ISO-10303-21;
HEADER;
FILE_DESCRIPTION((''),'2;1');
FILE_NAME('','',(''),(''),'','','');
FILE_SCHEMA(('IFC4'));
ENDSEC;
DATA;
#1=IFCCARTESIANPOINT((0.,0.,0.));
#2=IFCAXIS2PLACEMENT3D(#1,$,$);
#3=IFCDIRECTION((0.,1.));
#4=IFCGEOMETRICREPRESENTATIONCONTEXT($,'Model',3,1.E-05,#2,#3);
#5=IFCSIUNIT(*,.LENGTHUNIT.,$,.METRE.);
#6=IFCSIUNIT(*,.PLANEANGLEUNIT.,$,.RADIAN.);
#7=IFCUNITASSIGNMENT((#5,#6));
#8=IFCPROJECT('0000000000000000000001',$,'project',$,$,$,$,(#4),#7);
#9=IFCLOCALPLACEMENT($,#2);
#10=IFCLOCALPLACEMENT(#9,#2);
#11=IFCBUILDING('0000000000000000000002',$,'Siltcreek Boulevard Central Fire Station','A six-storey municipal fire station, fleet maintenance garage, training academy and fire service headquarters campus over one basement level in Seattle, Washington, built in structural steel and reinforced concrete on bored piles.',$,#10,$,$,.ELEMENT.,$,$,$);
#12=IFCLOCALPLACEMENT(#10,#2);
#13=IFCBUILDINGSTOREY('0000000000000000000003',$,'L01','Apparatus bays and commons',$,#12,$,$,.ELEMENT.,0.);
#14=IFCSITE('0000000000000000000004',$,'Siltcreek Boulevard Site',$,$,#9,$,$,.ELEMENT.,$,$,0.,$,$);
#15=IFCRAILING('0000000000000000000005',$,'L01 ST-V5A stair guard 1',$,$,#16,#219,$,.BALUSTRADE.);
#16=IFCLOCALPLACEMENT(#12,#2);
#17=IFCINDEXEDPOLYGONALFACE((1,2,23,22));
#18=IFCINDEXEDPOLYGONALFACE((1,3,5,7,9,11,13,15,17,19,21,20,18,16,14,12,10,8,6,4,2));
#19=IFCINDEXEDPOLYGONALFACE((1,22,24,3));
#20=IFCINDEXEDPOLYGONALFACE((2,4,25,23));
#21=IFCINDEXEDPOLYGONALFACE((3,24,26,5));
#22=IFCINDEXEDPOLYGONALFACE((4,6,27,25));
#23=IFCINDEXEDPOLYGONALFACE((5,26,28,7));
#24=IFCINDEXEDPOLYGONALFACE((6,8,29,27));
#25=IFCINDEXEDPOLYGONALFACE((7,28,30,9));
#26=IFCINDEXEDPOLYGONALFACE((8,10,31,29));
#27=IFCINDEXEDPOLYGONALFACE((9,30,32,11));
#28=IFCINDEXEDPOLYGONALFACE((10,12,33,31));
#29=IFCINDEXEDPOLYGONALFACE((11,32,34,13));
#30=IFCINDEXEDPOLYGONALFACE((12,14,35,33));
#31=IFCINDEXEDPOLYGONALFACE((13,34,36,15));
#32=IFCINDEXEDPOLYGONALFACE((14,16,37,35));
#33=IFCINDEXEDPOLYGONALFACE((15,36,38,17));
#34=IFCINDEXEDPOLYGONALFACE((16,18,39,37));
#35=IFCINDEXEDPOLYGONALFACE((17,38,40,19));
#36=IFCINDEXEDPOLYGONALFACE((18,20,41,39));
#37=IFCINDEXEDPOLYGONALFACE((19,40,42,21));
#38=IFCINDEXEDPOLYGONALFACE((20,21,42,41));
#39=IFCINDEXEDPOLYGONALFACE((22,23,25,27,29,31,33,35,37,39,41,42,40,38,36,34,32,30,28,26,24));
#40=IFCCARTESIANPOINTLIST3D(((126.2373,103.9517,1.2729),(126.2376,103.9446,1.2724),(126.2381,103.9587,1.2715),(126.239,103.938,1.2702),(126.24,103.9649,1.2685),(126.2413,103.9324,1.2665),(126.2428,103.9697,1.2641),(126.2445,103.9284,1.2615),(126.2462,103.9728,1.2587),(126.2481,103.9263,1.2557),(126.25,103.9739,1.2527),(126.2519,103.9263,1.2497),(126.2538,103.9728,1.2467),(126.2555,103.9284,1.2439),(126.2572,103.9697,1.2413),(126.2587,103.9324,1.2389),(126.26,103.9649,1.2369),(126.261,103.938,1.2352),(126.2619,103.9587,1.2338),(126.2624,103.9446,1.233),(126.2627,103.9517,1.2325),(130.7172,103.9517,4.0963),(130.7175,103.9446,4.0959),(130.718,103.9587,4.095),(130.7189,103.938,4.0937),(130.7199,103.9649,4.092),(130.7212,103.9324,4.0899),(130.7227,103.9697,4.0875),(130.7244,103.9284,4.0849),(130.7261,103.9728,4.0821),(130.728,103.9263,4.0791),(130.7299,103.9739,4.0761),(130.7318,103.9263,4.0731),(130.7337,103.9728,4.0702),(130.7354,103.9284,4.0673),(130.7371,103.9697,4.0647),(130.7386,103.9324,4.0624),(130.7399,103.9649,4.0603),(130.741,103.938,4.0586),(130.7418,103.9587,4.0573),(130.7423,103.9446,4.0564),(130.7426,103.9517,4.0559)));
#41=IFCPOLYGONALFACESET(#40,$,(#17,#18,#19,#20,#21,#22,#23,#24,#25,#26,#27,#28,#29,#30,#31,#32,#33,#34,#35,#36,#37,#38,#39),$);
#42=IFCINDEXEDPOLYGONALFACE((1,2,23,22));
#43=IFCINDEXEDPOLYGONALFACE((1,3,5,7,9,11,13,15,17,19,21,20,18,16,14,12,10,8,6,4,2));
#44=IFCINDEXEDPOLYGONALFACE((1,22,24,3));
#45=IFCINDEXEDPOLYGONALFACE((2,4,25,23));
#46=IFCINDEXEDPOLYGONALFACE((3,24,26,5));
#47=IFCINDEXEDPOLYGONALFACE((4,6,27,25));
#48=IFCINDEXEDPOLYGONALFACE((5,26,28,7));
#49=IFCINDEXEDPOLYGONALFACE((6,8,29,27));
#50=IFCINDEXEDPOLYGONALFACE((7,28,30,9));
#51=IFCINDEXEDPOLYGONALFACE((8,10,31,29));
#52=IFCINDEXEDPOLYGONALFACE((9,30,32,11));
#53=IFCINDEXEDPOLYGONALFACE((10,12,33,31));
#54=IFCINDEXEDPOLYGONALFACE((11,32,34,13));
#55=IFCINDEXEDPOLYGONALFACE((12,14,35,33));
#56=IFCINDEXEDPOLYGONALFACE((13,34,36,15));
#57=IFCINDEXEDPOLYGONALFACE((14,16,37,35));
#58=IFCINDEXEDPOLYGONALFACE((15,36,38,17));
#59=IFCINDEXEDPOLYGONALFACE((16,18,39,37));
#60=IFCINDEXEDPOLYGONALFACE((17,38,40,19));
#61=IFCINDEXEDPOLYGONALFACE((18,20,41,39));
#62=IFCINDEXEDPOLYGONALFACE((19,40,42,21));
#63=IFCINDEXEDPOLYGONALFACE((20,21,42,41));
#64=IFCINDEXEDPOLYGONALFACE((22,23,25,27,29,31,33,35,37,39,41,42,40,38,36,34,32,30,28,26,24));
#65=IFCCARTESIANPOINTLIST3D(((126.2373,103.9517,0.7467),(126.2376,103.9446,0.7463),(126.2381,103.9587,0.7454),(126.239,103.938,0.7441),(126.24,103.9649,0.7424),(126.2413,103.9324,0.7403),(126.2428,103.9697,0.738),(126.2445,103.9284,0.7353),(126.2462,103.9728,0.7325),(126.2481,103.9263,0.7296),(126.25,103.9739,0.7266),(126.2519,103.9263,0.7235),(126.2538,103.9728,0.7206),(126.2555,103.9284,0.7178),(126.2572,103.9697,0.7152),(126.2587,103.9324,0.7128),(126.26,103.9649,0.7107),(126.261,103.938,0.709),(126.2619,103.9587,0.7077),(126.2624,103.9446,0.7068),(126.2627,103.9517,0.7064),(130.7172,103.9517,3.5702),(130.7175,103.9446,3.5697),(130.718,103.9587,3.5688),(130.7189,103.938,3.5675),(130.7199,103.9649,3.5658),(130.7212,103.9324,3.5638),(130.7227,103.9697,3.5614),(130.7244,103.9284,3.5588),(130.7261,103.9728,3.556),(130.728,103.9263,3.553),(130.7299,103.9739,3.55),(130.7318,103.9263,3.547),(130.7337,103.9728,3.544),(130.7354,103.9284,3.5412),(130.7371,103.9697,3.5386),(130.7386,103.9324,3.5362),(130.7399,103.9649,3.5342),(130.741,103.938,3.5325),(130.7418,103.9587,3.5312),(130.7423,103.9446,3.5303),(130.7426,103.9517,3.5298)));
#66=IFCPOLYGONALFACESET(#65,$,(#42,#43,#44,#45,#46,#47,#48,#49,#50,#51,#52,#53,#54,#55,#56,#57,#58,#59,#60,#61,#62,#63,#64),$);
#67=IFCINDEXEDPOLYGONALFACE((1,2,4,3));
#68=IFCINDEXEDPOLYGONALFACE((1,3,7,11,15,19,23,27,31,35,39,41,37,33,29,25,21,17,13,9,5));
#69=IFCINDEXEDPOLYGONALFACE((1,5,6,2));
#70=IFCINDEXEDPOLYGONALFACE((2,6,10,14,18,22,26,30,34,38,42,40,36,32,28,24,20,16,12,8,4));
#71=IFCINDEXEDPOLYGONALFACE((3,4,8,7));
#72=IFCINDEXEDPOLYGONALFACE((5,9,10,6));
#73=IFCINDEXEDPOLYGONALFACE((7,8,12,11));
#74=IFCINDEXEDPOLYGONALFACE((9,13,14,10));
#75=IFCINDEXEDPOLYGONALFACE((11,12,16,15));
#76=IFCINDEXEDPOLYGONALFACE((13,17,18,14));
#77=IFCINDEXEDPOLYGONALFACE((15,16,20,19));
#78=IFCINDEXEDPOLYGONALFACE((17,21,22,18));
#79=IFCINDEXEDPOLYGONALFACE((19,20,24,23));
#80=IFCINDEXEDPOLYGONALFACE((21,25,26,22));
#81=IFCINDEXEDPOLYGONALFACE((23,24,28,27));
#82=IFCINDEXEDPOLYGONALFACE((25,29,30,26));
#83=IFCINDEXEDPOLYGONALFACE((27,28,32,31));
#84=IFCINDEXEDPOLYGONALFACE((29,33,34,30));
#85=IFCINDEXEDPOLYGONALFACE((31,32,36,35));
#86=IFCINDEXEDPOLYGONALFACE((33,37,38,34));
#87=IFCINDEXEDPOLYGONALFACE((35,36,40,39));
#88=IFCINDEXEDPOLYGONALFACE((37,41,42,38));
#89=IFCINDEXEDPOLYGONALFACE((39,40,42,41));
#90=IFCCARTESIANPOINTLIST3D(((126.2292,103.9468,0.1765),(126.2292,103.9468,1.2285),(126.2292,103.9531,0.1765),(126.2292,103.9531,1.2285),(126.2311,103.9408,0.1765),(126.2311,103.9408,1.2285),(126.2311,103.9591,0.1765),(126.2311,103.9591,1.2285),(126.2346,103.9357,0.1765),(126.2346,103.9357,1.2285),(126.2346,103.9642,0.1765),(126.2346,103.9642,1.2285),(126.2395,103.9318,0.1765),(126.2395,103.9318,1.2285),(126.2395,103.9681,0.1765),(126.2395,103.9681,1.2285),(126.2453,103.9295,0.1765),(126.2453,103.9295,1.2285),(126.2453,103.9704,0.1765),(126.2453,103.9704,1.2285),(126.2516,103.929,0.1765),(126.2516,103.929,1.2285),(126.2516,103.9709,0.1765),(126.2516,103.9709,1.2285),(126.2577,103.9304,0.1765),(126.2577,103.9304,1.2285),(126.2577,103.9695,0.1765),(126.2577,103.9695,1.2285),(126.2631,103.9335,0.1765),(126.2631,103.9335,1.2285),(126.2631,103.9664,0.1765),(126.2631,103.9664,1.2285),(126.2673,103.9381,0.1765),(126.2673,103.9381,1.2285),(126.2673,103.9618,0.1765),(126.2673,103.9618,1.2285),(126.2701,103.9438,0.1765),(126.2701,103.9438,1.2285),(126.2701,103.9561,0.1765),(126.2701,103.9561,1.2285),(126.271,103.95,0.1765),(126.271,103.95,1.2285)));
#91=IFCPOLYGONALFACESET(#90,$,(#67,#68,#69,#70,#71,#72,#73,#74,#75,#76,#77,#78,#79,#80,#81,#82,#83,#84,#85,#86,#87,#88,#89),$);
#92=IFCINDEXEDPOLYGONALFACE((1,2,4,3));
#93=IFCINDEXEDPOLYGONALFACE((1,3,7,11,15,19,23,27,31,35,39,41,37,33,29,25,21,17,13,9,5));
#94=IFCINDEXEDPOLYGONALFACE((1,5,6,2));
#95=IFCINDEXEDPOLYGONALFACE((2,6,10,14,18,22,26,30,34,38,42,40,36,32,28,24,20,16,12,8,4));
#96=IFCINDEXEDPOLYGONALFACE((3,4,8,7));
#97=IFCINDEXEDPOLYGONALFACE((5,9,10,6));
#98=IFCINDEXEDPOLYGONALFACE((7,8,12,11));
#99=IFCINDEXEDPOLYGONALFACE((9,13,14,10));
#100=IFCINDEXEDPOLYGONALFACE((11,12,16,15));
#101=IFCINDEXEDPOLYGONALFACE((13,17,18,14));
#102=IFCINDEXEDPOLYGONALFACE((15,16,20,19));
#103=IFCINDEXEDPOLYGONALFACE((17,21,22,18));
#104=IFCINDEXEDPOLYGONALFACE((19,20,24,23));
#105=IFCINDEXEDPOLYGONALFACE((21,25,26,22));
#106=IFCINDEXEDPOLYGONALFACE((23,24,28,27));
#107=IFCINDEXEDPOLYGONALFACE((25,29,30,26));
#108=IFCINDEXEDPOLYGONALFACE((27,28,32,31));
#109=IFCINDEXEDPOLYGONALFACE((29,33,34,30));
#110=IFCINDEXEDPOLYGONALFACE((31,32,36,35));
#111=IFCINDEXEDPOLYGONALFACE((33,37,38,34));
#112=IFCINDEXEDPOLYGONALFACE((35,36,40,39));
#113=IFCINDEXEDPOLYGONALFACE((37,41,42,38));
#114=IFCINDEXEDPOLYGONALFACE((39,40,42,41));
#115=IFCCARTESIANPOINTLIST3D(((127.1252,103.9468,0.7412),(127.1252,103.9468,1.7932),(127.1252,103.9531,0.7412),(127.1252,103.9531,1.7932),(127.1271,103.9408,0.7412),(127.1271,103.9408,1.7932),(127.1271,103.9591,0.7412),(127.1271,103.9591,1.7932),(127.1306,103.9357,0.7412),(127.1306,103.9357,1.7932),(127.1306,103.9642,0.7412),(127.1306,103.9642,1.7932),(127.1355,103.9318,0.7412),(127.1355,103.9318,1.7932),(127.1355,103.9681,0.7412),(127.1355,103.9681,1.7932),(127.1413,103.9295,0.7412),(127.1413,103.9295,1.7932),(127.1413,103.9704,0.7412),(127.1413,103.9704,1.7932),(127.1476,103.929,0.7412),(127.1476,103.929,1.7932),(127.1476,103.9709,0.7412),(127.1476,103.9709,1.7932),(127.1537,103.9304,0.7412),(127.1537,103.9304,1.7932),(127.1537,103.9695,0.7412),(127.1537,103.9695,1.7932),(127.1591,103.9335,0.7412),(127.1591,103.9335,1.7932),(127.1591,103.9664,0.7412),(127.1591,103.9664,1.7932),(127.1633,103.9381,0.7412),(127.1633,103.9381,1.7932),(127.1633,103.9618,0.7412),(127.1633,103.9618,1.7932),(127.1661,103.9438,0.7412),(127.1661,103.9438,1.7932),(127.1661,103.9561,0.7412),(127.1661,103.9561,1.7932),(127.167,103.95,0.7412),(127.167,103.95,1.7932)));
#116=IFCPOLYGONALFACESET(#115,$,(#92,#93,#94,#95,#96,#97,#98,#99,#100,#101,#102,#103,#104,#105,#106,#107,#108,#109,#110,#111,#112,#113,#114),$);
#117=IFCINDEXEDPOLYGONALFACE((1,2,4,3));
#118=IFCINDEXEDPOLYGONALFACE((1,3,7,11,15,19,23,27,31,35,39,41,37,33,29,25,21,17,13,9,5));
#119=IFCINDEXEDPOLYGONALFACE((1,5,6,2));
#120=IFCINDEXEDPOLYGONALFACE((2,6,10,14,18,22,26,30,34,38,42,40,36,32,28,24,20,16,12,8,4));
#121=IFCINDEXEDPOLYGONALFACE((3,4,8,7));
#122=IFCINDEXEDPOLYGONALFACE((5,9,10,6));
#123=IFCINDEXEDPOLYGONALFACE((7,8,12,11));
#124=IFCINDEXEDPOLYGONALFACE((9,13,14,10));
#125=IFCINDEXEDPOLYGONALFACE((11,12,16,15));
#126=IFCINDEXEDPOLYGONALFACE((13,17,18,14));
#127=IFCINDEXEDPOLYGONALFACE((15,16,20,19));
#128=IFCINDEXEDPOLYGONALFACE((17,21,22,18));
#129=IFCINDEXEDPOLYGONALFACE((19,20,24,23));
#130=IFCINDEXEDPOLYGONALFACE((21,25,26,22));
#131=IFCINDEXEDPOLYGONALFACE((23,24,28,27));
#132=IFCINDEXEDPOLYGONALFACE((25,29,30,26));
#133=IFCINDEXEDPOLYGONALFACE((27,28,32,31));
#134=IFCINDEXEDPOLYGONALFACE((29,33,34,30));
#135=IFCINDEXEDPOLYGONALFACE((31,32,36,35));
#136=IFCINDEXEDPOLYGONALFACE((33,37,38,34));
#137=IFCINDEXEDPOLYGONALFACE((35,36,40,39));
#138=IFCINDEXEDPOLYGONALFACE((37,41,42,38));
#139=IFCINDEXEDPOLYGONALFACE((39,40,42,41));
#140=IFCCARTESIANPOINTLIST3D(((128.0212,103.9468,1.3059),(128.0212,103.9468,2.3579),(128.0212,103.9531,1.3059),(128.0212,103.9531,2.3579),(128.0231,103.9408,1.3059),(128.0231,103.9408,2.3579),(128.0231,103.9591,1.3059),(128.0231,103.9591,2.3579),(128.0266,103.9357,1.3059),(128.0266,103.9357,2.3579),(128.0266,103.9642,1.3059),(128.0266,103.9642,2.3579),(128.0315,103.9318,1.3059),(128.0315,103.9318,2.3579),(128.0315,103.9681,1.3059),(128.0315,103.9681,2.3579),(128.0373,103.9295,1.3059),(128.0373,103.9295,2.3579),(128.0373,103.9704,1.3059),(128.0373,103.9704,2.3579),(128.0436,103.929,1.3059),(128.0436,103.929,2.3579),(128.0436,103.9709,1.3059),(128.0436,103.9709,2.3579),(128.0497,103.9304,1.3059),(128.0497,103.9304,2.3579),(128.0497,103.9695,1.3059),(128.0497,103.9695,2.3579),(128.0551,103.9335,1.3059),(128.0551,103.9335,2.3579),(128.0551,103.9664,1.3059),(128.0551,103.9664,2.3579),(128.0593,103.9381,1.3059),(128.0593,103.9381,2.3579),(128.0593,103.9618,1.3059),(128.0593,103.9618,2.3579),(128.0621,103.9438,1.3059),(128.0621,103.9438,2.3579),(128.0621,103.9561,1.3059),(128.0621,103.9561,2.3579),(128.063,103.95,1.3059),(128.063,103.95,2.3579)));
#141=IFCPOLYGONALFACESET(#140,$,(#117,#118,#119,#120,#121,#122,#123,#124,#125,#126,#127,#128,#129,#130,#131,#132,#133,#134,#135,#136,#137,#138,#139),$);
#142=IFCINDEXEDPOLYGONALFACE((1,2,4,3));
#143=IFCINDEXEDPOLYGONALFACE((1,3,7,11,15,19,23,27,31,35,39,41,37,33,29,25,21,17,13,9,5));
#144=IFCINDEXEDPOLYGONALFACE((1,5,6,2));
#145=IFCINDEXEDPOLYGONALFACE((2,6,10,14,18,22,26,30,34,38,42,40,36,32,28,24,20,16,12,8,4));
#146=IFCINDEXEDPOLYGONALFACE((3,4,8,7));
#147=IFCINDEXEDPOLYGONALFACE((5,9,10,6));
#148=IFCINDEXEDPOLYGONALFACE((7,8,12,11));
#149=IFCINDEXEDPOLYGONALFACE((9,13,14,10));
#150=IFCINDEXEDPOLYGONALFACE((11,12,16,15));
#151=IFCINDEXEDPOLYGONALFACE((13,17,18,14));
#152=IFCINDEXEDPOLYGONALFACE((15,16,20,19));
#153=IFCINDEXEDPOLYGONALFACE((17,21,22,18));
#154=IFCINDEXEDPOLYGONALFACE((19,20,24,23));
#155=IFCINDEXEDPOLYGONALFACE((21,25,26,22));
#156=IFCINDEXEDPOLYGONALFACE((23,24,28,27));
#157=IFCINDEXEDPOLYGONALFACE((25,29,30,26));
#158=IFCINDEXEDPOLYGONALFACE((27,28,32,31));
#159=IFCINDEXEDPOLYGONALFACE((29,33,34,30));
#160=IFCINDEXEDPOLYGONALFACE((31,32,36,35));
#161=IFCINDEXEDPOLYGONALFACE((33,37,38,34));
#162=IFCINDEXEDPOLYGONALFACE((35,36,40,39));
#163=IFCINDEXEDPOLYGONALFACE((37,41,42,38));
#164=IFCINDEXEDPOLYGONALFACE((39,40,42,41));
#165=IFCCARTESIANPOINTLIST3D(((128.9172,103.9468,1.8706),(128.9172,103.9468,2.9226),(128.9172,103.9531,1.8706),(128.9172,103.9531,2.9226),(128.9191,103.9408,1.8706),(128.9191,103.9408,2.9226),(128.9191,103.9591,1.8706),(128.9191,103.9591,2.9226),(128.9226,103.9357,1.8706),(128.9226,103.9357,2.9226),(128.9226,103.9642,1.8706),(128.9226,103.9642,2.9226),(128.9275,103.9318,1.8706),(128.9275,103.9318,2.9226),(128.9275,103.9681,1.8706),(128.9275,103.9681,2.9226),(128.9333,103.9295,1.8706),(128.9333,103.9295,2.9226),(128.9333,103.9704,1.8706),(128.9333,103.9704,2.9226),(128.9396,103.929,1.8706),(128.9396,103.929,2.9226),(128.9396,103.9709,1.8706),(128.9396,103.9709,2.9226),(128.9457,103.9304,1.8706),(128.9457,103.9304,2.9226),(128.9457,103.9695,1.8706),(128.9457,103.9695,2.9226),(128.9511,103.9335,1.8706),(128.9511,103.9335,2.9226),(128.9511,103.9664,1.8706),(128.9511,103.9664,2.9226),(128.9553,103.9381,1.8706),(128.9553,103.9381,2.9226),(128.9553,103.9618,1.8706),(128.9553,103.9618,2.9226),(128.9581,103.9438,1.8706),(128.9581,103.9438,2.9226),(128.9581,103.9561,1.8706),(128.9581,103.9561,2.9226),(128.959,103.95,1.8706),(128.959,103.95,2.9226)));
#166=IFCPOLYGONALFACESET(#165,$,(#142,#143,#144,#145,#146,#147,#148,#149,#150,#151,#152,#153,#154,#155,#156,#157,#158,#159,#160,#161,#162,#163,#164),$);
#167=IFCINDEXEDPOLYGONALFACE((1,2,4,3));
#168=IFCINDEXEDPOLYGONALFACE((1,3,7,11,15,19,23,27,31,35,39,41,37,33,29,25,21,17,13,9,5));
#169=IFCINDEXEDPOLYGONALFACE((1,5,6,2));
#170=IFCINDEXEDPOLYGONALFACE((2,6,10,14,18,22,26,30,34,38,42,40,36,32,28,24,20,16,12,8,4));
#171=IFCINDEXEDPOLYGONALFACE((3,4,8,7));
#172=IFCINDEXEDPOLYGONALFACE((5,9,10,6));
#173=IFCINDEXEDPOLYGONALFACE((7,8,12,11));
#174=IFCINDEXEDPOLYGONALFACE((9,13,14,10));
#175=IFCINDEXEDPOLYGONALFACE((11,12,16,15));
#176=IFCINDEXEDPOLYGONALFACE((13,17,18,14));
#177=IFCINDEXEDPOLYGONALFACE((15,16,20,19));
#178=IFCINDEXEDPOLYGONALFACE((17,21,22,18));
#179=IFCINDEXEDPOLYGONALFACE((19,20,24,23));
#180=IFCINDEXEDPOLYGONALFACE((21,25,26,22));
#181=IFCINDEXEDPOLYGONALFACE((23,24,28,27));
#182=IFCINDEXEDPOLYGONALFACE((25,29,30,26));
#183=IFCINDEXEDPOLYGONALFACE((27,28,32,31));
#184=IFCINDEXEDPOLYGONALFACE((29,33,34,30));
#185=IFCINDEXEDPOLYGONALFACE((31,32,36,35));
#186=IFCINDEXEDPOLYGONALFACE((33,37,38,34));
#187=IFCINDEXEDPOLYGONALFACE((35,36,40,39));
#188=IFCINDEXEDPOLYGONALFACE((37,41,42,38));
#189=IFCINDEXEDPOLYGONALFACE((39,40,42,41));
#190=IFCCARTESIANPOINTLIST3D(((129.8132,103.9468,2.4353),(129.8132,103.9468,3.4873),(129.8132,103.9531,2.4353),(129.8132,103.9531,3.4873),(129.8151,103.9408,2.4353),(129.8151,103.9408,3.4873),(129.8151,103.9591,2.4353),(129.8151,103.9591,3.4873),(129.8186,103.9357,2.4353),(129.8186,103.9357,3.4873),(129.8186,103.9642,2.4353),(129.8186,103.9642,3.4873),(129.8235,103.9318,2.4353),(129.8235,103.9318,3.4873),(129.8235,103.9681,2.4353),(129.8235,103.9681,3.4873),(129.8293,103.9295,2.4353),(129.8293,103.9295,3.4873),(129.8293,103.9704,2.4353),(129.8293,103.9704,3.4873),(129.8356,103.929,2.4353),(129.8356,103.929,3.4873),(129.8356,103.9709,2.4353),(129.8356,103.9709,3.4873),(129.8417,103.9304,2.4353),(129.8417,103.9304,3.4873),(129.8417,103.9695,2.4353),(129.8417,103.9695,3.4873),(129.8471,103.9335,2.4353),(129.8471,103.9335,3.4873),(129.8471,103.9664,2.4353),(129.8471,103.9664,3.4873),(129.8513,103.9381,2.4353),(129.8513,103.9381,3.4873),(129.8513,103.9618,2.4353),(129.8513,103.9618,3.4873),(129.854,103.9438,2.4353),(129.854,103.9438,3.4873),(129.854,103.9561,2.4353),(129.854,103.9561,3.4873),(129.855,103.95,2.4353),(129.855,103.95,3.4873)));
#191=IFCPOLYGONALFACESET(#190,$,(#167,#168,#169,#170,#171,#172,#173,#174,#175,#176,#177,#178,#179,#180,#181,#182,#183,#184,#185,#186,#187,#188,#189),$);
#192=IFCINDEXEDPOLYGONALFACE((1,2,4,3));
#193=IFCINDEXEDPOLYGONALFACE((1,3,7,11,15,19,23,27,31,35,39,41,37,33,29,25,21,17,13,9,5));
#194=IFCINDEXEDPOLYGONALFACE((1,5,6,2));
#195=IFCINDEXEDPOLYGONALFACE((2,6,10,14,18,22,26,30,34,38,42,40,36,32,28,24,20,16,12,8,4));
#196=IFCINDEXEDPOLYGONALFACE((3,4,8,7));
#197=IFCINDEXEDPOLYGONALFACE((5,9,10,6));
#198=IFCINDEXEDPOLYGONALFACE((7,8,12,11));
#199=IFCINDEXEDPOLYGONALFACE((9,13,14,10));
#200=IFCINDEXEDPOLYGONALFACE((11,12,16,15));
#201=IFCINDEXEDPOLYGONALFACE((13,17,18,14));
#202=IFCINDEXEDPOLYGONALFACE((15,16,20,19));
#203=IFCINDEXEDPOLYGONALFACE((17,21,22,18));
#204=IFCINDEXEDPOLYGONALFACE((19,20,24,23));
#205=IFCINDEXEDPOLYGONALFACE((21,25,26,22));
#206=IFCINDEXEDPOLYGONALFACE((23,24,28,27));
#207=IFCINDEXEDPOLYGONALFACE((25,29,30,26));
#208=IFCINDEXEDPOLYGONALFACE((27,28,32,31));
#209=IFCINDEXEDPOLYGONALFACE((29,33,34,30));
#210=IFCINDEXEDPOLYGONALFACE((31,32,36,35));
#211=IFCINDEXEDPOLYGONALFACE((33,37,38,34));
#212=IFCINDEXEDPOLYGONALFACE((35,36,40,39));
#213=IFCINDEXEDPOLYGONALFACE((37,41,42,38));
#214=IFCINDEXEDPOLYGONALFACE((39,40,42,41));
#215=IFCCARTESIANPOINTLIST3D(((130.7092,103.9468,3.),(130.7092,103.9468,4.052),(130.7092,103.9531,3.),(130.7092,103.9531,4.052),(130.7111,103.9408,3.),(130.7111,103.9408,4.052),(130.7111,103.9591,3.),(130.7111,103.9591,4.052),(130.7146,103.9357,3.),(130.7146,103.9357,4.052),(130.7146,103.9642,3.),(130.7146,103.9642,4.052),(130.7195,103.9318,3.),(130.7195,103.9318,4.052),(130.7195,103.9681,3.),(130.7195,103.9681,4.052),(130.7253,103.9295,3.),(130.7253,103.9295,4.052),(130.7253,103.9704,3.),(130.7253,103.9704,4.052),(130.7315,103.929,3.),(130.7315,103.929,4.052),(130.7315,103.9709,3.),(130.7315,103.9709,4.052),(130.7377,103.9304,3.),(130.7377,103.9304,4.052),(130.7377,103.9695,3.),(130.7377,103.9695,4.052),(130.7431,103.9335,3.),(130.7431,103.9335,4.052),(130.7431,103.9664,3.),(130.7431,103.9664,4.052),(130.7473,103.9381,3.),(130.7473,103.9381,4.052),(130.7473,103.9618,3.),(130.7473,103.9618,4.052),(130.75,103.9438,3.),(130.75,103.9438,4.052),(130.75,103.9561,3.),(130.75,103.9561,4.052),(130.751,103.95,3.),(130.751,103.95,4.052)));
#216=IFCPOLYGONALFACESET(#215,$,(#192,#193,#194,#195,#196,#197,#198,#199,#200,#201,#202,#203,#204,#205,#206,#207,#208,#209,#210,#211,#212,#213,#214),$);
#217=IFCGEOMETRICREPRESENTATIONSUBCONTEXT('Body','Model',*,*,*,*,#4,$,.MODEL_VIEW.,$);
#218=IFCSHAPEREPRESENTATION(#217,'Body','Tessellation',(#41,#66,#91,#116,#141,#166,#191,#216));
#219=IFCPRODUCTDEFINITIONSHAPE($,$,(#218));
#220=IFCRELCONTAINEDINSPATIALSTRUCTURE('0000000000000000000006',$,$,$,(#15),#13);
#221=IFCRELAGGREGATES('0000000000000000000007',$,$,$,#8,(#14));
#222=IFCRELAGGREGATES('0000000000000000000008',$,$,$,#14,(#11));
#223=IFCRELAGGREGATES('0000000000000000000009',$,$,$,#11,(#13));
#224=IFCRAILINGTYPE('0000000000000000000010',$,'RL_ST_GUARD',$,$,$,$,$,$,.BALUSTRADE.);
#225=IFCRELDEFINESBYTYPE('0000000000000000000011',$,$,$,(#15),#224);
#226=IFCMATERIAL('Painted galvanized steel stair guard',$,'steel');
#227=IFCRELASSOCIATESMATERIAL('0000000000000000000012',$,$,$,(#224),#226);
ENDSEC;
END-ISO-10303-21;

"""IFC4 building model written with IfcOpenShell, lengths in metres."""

from ifc_helpers import new_model, si_unit, direction, frame, origin, origin_2d, place, context, subcontext, project, spatial, circle, extrude, material, type_object, element, save


model = new_model("IFC4")

# Units and contexts
model_context = context("Model", 3, precision=1e-05, world=origin(), true_north=direction((0.0, 1.0)))
body_context = subcontext(model_context, "Body", "Model", "MODEL_VIEW")
ifc_project = project(units=[si_unit("LENGTHUNIT", "METRE"), si_unit("PLANEANGLEUNIT", "RADIAN")], contexts=[model_context])

# Site, building, storey
site_placement = place(None, origin())
site = spatial("IfcSite", under=ifc_project, at=site_placement, Name="Siltcreek Boulevard Site", CompositionType="ELEMENT", RefElevation=0.0)
building_placement = place(site_placement, origin())
building = spatial("IfcBuilding", under=site, at=building_placement, Name="Siltcreek Boulevard Central Fire Station", Description="A six-storey municipal fire station, fleet maintenance garage, training academy and fire service headquarters campus over one basement level in Seattle, Washington, built in structural steel and reinforced concrete on bored piles.", CompositionType="ELEMENT")
storey_placement = place(building_placement, origin())
storey = spatial("IfcBuildingStorey", under=building, at=storey_placement, Name="L01", Description="Apparatus bays and commons", CompositionType="ELEMENT", Elevation=0.0)

# Railing
ifc_material_1 = material(Name="Painted galvanized steel stair guard", Category="steel")
railing_type_1 = type_object("IfcRailingType", Name="RL_ST_GUARD", PredefinedType="BALUSTRADE", material=ifc_material_1)
railing_1_placement = place(storey_placement, frame((126.25, 103.95, 0.1765)))
element("IfcRailing", 1, at=railing_1_placement, inside=storey, type_object=railing_type_1, Name="L01 ST-V5A stair guard 1", PredefinedType="BALUSTRADE", context=body_context, shape_type="SweptSolid", body=[
    extrude(circle(Radius=0.0239, at=origin_2d()), frame((0.0, 0.0, 1.0762), z_axis=(0.845998, 0.0, 0.533186), x_axis=(0.0, 1.0, 0.0)), (0.0, 0.0, 1.0), 5.2954),
    extrude(circle(Radius=0.0239, at=origin_2d()), frame((0.0, 0.0, 0.55), z_axis=(0.845998, 0.0, 0.533186), x_axis=(0.0, 1.0, 0.0)), (0.0, 0.0, 1.0), 5.2954),
    extrude(circle(Radius=0.021, at=origin_2d()), origin(), (0.0, 0.0, 1.0), 1.052),
    extrude(circle(Radius=0.021, at=origin_2d()), frame((0.896, 0.0, 0.5647)), (0.0, 0.0, 1.0), 1.052),
    extrude(circle(Radius=0.021, at=origin_2d()), frame((1.792, 0.0, 1.1294)), (0.0, 0.0, 1.0), 1.052),
    extrude(circle(Radius=0.021, at=origin_2d()), frame((2.688, 0.0, 1.6941)), (0.0, 0.0, 1.0), 1.052),
    extrude(circle(Radius=0.021, at=origin_2d()), frame((3.584, 0.0, 2.2588)), (0.0, 0.0, 1.0), 1.052),
    extrude(circle(Radius=0.021, at=origin_2d()), frame((4.48, 0.0, 2.8235)), (0.0, 0.0, 1.0), 1.052),
])

save(model, "model.ifc")
